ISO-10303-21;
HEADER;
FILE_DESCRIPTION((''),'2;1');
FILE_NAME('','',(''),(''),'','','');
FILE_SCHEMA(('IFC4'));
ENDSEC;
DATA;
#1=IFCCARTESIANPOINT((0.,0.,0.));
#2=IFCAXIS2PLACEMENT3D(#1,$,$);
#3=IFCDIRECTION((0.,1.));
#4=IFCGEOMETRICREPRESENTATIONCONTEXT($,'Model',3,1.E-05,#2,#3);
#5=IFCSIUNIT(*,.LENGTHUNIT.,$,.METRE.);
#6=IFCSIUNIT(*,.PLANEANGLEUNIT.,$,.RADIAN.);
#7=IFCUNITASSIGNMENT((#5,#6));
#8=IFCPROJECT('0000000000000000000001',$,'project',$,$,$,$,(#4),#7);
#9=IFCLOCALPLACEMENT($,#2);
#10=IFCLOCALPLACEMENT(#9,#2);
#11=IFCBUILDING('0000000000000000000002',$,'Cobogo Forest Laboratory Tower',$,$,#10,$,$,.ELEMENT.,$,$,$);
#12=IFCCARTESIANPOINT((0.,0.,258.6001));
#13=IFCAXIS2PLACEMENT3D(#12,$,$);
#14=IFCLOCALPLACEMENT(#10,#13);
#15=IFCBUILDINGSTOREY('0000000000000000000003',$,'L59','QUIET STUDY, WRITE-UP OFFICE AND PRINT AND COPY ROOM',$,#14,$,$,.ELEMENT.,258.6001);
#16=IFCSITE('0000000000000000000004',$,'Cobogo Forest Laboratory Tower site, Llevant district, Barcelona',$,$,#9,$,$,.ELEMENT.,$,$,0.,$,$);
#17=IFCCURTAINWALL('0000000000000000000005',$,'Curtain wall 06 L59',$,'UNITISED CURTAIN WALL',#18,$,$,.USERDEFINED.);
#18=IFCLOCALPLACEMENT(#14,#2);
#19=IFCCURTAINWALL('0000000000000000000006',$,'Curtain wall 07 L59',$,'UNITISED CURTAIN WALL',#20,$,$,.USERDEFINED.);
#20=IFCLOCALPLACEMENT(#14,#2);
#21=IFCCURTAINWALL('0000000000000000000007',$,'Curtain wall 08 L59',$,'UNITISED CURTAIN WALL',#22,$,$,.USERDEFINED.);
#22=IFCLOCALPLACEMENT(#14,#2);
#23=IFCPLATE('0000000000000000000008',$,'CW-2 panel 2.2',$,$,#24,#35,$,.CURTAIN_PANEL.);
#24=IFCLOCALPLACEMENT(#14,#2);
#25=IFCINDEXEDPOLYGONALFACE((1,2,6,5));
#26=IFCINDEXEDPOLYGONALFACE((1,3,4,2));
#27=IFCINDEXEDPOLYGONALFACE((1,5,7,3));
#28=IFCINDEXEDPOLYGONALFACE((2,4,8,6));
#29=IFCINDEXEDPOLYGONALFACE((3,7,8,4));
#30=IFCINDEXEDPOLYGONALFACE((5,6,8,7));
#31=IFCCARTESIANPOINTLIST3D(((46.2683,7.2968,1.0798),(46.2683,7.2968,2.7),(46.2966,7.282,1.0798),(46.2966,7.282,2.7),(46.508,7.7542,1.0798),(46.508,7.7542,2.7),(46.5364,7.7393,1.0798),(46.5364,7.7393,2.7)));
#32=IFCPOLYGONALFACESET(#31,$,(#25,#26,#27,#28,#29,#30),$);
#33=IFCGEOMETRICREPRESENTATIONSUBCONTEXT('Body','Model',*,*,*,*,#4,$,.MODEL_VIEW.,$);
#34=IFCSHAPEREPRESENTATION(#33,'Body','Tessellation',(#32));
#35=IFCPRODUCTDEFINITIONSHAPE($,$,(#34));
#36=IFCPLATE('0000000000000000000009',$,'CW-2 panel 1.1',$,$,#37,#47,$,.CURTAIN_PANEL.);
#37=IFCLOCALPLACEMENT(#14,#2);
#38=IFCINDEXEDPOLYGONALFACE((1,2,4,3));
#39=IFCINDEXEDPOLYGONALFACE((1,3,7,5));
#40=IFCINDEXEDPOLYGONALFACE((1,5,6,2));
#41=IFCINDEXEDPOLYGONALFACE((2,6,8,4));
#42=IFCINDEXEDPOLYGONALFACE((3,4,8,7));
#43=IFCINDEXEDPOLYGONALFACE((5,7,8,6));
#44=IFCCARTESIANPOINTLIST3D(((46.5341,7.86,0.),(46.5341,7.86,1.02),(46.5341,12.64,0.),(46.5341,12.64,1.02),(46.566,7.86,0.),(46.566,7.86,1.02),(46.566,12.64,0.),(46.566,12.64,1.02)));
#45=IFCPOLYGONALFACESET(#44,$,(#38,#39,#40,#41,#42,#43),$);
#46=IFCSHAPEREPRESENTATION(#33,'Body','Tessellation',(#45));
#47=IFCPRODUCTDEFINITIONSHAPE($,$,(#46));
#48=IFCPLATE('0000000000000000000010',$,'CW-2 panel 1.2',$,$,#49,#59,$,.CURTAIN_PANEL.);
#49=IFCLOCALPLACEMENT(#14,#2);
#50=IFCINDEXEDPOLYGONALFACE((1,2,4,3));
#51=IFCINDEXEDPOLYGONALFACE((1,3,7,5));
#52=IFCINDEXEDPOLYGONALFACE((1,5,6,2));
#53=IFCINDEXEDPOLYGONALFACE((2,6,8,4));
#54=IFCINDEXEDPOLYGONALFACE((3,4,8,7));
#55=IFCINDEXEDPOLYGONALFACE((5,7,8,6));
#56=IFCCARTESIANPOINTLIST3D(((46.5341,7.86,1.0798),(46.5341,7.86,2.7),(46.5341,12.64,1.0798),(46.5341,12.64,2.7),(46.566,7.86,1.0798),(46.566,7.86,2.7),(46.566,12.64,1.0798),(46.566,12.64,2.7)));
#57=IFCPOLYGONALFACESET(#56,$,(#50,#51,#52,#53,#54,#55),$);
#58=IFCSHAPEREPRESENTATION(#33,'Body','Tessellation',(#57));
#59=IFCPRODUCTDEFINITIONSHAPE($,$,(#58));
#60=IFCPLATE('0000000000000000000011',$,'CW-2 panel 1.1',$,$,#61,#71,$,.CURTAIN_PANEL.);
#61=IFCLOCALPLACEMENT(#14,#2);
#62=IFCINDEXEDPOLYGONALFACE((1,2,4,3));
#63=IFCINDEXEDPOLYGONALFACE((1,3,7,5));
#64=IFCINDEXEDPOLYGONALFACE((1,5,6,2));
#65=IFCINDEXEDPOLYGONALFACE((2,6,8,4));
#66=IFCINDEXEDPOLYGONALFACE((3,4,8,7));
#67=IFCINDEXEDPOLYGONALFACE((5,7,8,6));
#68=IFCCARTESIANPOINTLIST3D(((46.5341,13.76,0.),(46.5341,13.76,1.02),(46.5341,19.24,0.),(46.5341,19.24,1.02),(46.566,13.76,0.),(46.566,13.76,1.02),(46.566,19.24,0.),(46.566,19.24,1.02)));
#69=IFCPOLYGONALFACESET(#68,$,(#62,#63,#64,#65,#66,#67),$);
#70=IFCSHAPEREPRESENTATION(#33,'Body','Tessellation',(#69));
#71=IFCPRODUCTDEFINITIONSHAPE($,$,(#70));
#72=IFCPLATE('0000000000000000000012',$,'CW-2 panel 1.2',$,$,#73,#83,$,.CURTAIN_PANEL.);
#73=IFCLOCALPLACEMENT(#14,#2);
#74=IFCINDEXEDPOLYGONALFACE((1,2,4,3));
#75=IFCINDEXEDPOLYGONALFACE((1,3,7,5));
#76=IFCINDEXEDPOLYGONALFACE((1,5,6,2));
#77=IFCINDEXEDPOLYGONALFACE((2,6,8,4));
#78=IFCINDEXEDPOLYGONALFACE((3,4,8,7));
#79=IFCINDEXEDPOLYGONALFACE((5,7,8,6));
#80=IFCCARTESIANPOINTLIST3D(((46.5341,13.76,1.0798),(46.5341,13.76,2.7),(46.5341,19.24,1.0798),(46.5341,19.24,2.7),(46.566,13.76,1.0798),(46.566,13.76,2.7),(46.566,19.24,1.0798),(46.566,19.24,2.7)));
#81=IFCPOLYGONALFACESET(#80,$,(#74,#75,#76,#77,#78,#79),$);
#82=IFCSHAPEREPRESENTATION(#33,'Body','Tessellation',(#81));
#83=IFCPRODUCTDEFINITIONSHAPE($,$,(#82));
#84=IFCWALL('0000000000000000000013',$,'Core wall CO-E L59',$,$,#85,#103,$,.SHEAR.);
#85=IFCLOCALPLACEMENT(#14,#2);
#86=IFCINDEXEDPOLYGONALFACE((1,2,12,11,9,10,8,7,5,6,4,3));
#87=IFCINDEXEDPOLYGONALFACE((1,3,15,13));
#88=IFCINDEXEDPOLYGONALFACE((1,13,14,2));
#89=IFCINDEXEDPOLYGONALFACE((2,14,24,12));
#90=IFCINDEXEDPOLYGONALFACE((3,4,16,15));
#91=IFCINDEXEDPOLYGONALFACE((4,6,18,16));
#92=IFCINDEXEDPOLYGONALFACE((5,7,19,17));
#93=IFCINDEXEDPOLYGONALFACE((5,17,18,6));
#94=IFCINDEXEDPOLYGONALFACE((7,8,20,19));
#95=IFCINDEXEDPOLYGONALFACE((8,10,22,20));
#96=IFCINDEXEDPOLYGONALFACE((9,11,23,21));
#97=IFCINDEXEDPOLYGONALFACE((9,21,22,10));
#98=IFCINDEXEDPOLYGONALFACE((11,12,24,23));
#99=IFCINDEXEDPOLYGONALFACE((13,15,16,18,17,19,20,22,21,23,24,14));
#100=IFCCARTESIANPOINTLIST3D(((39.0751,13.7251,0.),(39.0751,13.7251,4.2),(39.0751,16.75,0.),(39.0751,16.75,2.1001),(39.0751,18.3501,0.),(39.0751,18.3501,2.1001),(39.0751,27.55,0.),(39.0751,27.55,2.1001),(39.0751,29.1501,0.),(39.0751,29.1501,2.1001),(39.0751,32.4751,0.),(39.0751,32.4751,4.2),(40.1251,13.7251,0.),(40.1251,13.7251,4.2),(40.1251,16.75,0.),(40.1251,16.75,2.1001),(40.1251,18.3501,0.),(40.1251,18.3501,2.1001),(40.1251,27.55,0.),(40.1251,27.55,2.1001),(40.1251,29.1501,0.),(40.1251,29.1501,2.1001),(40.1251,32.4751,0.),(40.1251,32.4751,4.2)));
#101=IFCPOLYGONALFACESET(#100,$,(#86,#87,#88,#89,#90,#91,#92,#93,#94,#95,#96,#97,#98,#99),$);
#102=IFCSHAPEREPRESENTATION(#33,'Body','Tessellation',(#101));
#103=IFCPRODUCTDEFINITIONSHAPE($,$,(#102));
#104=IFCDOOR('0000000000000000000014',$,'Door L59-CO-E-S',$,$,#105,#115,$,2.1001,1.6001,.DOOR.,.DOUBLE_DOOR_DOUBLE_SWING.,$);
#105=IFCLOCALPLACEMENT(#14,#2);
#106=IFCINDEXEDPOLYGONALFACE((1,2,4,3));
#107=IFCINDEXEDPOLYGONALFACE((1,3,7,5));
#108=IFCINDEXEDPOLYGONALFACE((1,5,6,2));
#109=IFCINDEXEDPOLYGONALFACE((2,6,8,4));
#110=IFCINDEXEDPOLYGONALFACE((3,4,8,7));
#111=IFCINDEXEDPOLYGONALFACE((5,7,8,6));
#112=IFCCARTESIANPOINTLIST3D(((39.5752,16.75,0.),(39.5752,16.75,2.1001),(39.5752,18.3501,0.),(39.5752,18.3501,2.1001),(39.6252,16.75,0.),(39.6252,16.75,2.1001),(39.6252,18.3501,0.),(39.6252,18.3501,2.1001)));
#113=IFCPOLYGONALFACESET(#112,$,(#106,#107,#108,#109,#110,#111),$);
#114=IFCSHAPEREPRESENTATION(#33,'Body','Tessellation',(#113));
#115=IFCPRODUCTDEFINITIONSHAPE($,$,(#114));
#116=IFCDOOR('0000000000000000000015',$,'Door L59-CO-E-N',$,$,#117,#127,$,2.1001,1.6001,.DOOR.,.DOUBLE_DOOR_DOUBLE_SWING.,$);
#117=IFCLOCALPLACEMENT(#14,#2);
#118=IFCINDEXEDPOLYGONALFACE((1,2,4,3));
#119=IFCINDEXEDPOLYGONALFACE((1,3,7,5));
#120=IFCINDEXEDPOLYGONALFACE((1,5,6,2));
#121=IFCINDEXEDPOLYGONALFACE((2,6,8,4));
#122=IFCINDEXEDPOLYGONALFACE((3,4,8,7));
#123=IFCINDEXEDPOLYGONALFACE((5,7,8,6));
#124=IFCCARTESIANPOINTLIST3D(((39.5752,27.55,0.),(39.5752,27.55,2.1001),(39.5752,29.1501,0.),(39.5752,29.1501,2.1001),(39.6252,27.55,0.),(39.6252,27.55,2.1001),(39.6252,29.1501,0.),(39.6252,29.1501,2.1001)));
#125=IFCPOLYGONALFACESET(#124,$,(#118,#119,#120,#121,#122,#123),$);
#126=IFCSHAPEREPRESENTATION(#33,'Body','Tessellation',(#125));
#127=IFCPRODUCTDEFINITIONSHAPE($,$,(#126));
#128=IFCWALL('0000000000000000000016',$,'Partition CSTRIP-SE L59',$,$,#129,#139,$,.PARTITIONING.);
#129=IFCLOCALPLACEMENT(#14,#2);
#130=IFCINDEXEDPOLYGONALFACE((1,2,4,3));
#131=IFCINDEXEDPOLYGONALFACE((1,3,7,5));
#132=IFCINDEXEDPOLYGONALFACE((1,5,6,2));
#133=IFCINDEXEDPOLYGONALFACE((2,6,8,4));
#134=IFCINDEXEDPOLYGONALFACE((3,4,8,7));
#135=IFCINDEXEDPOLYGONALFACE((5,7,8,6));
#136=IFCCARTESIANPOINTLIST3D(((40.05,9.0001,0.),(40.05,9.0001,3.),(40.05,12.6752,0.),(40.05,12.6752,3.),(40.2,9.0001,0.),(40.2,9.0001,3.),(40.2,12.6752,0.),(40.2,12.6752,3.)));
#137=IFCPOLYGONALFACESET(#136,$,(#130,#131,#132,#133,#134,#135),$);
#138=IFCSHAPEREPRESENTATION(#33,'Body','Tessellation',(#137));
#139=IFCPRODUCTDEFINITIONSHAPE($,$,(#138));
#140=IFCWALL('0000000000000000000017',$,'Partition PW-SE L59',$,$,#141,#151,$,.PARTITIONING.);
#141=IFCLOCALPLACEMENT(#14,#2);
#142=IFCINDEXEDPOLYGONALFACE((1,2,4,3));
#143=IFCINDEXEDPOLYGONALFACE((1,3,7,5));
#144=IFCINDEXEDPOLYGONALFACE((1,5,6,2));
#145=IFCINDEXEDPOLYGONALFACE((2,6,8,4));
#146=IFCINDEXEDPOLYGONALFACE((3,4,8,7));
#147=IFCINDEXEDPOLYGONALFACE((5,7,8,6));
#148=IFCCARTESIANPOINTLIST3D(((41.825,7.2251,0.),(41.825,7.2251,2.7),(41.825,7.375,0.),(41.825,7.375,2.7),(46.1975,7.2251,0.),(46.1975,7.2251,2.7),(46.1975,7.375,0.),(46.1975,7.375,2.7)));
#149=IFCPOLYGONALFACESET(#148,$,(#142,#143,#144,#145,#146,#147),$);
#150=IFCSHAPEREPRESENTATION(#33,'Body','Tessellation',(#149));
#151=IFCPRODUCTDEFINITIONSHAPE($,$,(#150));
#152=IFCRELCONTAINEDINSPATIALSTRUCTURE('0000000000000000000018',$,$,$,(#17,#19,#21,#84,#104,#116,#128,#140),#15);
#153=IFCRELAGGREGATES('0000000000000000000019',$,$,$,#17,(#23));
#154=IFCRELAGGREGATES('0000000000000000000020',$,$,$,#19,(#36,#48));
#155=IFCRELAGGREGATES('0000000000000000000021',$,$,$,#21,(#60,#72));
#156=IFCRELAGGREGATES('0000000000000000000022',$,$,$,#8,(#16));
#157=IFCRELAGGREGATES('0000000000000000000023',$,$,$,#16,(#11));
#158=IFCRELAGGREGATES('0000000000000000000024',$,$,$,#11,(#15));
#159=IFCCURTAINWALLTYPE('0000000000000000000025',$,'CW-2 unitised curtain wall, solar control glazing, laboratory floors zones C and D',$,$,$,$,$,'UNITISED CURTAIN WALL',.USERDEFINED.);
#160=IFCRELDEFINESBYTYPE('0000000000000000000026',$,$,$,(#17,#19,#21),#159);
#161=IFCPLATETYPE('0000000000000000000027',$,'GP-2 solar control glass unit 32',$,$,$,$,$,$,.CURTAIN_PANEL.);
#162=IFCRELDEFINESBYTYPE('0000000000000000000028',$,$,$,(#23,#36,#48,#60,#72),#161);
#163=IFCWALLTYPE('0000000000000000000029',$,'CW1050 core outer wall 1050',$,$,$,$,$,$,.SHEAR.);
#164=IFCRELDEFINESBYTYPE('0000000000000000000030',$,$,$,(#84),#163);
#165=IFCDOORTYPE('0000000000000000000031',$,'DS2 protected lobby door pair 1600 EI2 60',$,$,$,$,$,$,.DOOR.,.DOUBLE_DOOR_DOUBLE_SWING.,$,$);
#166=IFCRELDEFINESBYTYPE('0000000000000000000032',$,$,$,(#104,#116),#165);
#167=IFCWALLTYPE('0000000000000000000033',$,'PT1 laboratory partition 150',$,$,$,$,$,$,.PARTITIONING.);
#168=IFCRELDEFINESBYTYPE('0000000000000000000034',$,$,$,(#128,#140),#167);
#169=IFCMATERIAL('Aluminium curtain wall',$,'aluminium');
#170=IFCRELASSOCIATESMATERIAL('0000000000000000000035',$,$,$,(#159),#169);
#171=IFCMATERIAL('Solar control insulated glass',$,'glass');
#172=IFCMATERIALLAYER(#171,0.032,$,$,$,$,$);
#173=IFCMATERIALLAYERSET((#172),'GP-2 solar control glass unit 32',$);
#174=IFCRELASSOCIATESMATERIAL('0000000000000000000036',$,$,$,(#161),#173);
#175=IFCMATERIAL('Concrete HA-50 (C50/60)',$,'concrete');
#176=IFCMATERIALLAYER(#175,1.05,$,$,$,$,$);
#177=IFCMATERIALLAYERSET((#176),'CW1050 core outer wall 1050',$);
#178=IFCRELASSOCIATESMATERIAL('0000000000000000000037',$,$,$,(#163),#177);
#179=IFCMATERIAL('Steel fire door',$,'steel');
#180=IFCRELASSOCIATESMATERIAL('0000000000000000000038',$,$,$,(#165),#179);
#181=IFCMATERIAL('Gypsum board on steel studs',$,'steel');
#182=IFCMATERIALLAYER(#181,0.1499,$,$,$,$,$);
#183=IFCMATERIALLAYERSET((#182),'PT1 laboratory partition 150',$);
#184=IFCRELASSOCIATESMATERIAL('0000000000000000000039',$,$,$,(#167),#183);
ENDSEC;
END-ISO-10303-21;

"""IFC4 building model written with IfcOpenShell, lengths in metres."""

from ifc_helpers import new_model, si_unit, direction, frame, frame_2d, origin, origin_2d, place, context, subcontext, project, spatial, rectangle, extrude, material, layer, layer_set, type_object, element, fill, aggregate, save


model = new_model("IFC4")

# Units and contexts
model_context = context("Model", 3, precision=1e-05, world=origin(), true_north=direction((0.0, 1.0)))
body_context = subcontext(model_context, "Body", "Model", "MODEL_VIEW")
ifc_project = project(units=[si_unit("LENGTHUNIT", "METRE"), si_unit("PLANEANGLEUNIT", "RADIAN")], contexts=[model_context])

# Site, building, storey
site_placement = place(None, origin())
site = spatial("IfcSite", under=ifc_project, at=site_placement, Name="Cobogo Forest Laboratory Tower site, Llevant district, Barcelona", CompositionType="ELEMENT", RefElevation=0.0)
building_placement = place(site_placement, origin())
building = spatial("IfcBuilding", under=site, at=building_placement, Name="Cobogo Forest Laboratory Tower", CompositionType="ELEMENT")
storey_placement = place(building_placement, frame((0.0, 0.0, 258.6001)))
storey = spatial("IfcBuildingStorey", under=building, at=storey_placement, Name="L59", Description="QUIET STUDY, WRITE-UP OFFICE AND PRINT AND COPY ROOM", CompositionType="ELEMENT", Elevation=258.6001)

# Shared definitions
ifc_material_1 = material(Name="Concrete HA-50 (C50/60)", Category="concrete")

# Curtain wall
ifc_material_2 = material(Name="Aluminium curtain wall", Category="aluminium")
curtain_wall_type = type_object("IfcCurtainWallType", Name="CW-2 unitised curtain wall, solar control glazing, laboratory floors zones C and D", ElementType="UNITISED CURTAIN WALL", PredefinedType="USERDEFINED", material=ifc_material_2)
curtain_wall_1_placement = place(storey_placement, origin())
curtain_wall_1 = element("IfcCurtainWall", 1, at=curtain_wall_1_placement, inside=storey, type_object=curtain_wall_type, Name="Curtain wall 06 L59", ObjectType="UNITISED CURTAIN WALL", PredefinedType="USERDEFINED")

# Curtain wall
curtain_wall_2_placement = place(storey_placement, origin())
curtain_wall_2 = element("IfcCurtainWall", 2, at=curtain_wall_2_placement, inside=storey, type_object=curtain_wall_type, Name="Curtain wall 07 L59", ObjectType="UNITISED CURTAIN WALL", PredefinedType="USERDEFINED")

# Curtain wall
curtain_wall_3_placement = place(storey_placement, origin())
curtain_wall_3 = element("IfcCurtainWall", 3, at=curtain_wall_3_placement, inside=storey, type_object=curtain_wall_type, Name="Curtain wall 08 L59", ObjectType="UNITISED CURTAIN WALL", PredefinedType="USERDEFINED")

# Plates
ifc_material_3 = material(Name="Solar control insulated glass", Category="glass")
ifc_layer_1 = layer(ifc_material_3, 0.032)
ifc_layer_set_1 = layer_set([ifc_layer_1], Name="GP-2 solar control glass unit 32")
plate_type_1 = type_object("IfcPlateType", Name="GP-2 solar control glass unit 32", PredefinedType="CURTAIN_PANEL", material=ifc_layer_set_1)
plate_1_placement = place(storey_placement, frame((46.4023, 7.5181, 1.0798), z_axis=(0.0, 0.0, 1.0), x_axis=(0.464284, 0.885686, 0.0)))
plate_1 = element("IfcPlate", 4, at=plate_1_placement, type_object=plate_type_1, Name="CW-2 panel 2.2", PredefinedType="CURTAIN_PANEL", context=body_context, shape_type="SweptSolid", body=[
    extrude(rectangle(XDim=0.5164, YDim=0.032, at=origin_2d()), origin(), (0.0, 0.0, 1.0), 1.6201),
])
aggregate(curtain_wall_1, [plate_1])
plate_2_placement = place(storey_placement, frame((46.55, 10.25, 0.0), z_axis=(0.0, 0.0, 1.0), x_axis=(0.0, 1.0, 0.0)))
plate_2 = element("IfcPlate", 5, at=plate_2_placement, type_object=plate_type_1, Name="CW-2 panel 1.1", PredefinedType="CURTAIN_PANEL", context=body_context, shape_type="SweptSolid", body=[
    extrude(rectangle(XDim=4.78, YDim=0.032, at=origin_2d()), origin(), (0.0, 0.0, 1.0), 1.02),
])
plate_3_placement = place(storey_placement, frame((46.55, 10.25, 1.0798), z_axis=(0.0, 0.0, 1.0), x_axis=(0.0, 1.0, 0.0)))
plate_3 = element("IfcPlate", 6, at=plate_3_placement, type_object=plate_type_1, Name="CW-2 panel 1.2", PredefinedType="CURTAIN_PANEL", context=body_context, shape_type="SweptSolid", body=[
    extrude(rectangle(XDim=4.78, YDim=0.032, at=origin_2d()), origin(), (0.0, 0.0, 1.0), 1.6201),
])
aggregate(curtain_wall_2, [plate_2, plate_3])
plate_4_placement = place(storey_placement, frame((46.55, 16.5, 0.0), z_axis=(0.0, 0.0, 1.0), x_axis=(0.0, 1.0, 0.0)))
plate_4 = element("IfcPlate", 7, at=plate_4_placement, type_object=plate_type_1, Name="CW-2 panel 1.1", PredefinedType="CURTAIN_PANEL", context=body_context, shape_type="SweptSolid", body=[
    extrude(rectangle(XDim=5.48, YDim=0.032, at=origin_2d()), origin(), (0.0, 0.0, 1.0), 1.02),
])
plate_5_placement = place(storey_placement, frame((46.55, 16.5, 1.0798), z_axis=(0.0, 0.0, 1.0), x_axis=(0.0, 1.0, 0.0)))
plate_5 = element("IfcPlate", 8, at=plate_5_placement, type_object=plate_type_1, Name="CW-2 panel 1.2", PredefinedType="CURTAIN_PANEL", context=body_context, shape_type="SweptSolid", body=[
    extrude(rectangle(XDim=5.48, YDim=0.032, at=origin_2d()), origin(), (0.0, 0.0, 1.0), 1.6201),
])
aggregate(curtain_wall_3, [plate_4, plate_5])

# Wall, openings, doors
ifc_layer_2 = layer(ifc_material_1, 1.05)
ifc_layer_set_2 = layer_set([ifc_layer_2], Name="CW1050 core outer wall 1050")
wall_type_1 = type_object("IfcWallType", Name="CW1050 core outer wall 1050", PredefinedType="SHEAR", material=ifc_layer_set_2)
wall_1_placement = place(storey_placement, frame((39.6001, 13.7251, 0.0), z_axis=(0.0, 0.0, 1.0), x_axis=(0.0, 1.0, 0.0)))
wall_1 = element("IfcWall", 9, at=wall_1_placement, inside=storey, type_object=wall_type_1, Name="Core wall CO-E L59", PredefinedType="SHEAR", context=body_context, shape_type="SweptSolid", body=[
    extrude(rectangle(XDim=18.75, YDim=1.05, at=frame_2d((9.375, 0.0))), origin(), (0.0, 0.0, 1.0), 4.2),
])
opening_1_placement = place(wall_1_placement, frame((3.0249, 0.0, 0.0)))
opening_1 = element("IfcOpeningElement", 10, at=opening_1_placement, cuts=wall_1, PredefinedType="OPENING", context=body_context, shape_type="SweptSolid", body=[
    extrude(rectangle(XDim=1.6001, YDim=2.1001, at=frame_2d((0.8, 1.05))), frame((0.0, 0.5349, 0.0), z_axis=(0.0, -1.0, 0.0), x_axis=(1.0, 0.0, 0.0)), (0.0, 0.0, 1.0), 1.0701),
])
opening_2_placement = place(wall_1_placement, frame((13.825, 0.0, 0.0)))
opening_2 = element("IfcOpeningElement", 11, at=opening_2_placement, cuts=wall_1, PredefinedType="OPENING", context=body_context, shape_type="SweptSolid", body=[
    extrude(rectangle(XDim=1.6001, YDim=2.1001, at=frame_2d((0.8, 1.05))), frame((0.0, 0.5349, 0.0), z_axis=(0.0, -1.0, 0.0), x_axis=(1.0, 0.0, 0.0)), (0.0, 0.0, 1.0), 1.0701),
])
ifc_material_4 = material(Name="Steel fire door", Category="steel")
door_type_1 = type_object("IfcDoorType", Name="DS2 protected lobby door pair 1600 EI2 60", OperationType="DOUBLE_DOOR_DOUBLE_SWING", PredefinedType="DOOR", material=ifc_material_4)
door_1_placement = place(opening_1_placement, origin())
door_1 = element("IfcDoor", 12, at=door_1_placement, inside=storey, type_object=door_type_1, Name="Door L59-CO-E-S", OperationType="DOUBLE_DOOR_DOUBLE_SWING", OverallHeight=2.1001, OverallWidth=1.6001, PredefinedType="DOOR", context=body_context, shape_type="SweptSolid", body=[
    extrude(rectangle(XDim=1.6001, YDim=2.1001, at=frame_2d((0.8, 1.05))), frame((0.0, 0.0249, 0.0), z_axis=(0.0, -1.0, 0.0), x_axis=(1.0, 0.0, 0.0)), (0.0, 0.0, 1.0), 0.05),
])
fill(opening_1, door_1)
door_2_placement = place(opening_2_placement, origin())
door_2 = element("IfcDoor", 13, at=door_2_placement, inside=storey, type_object=door_type_1, Name="Door L59-CO-E-N", OperationType="DOUBLE_DOOR_DOUBLE_SWING", OverallHeight=2.1001, OverallWidth=1.6001, PredefinedType="DOOR", context=body_context, shape_type="SweptSolid", body=[
    extrude(rectangle(XDim=1.6001, YDim=2.1001, at=frame_2d((0.8, 1.05))), frame((0.0, 0.0249, 0.0), z_axis=(0.0, -1.0, 0.0), x_axis=(1.0, 0.0, 0.0)), (0.0, 0.0, 1.0), 0.05),
])
fill(opening_2, door_2)

# Walls
ifc_material_5 = material(Name="Gypsum board on steel studs", Category="steel")
ifc_layer_3 = layer(ifc_material_5, 0.1499)
ifc_layer_set_3 = layer_set([ifc_layer_3], Name="PT1 laboratory partition 150")
wall_type_2 = type_object("IfcWallType", Name="PT1 laboratory partition 150", PredefinedType="PARTITIONING", material=ifc_layer_set_3)
wall_2_placement = place(storey_placement, frame((40.125, 12.675, 0.0), z_axis=(0.0, 0.0, 1.0), x_axis=(0.0, -1.0, 0.0)))
element("IfcWall", 14, at=wall_2_placement, inside=storey, type_object=wall_type_2, Name="Partition CSTRIP-SE L59", PredefinedType="PARTITIONING", context=body_context, shape_type="SweptSolid", body=[
    extrude(rectangle(XDim=3.675, YDim=0.1499, at=frame_2d((1.8374, 0.0))), origin(), (0.0, 0.0, 1.0), 3.0),
])
wall_3_placement = place(storey_placement, frame((46.1975, 7.3, 0.0), z_axis=(0.0, 0.0, 1.0), x_axis=(-1.0, 0.0, 0.0)))
element("IfcWall", 15, at=wall_3_placement, inside=storey, type_object=wall_type_2, Name="Partition PW-SE L59", PredefinedType="PARTITIONING", context=body_context, shape_type="SweptSolid", body=[
    extrude(rectangle(XDim=4.3726, YDim=0.1499, at=frame_2d((2.1863, 0.0))), origin(), (0.0, 0.0, 1.0), 2.7),
])

save(model, "model.ifc")
